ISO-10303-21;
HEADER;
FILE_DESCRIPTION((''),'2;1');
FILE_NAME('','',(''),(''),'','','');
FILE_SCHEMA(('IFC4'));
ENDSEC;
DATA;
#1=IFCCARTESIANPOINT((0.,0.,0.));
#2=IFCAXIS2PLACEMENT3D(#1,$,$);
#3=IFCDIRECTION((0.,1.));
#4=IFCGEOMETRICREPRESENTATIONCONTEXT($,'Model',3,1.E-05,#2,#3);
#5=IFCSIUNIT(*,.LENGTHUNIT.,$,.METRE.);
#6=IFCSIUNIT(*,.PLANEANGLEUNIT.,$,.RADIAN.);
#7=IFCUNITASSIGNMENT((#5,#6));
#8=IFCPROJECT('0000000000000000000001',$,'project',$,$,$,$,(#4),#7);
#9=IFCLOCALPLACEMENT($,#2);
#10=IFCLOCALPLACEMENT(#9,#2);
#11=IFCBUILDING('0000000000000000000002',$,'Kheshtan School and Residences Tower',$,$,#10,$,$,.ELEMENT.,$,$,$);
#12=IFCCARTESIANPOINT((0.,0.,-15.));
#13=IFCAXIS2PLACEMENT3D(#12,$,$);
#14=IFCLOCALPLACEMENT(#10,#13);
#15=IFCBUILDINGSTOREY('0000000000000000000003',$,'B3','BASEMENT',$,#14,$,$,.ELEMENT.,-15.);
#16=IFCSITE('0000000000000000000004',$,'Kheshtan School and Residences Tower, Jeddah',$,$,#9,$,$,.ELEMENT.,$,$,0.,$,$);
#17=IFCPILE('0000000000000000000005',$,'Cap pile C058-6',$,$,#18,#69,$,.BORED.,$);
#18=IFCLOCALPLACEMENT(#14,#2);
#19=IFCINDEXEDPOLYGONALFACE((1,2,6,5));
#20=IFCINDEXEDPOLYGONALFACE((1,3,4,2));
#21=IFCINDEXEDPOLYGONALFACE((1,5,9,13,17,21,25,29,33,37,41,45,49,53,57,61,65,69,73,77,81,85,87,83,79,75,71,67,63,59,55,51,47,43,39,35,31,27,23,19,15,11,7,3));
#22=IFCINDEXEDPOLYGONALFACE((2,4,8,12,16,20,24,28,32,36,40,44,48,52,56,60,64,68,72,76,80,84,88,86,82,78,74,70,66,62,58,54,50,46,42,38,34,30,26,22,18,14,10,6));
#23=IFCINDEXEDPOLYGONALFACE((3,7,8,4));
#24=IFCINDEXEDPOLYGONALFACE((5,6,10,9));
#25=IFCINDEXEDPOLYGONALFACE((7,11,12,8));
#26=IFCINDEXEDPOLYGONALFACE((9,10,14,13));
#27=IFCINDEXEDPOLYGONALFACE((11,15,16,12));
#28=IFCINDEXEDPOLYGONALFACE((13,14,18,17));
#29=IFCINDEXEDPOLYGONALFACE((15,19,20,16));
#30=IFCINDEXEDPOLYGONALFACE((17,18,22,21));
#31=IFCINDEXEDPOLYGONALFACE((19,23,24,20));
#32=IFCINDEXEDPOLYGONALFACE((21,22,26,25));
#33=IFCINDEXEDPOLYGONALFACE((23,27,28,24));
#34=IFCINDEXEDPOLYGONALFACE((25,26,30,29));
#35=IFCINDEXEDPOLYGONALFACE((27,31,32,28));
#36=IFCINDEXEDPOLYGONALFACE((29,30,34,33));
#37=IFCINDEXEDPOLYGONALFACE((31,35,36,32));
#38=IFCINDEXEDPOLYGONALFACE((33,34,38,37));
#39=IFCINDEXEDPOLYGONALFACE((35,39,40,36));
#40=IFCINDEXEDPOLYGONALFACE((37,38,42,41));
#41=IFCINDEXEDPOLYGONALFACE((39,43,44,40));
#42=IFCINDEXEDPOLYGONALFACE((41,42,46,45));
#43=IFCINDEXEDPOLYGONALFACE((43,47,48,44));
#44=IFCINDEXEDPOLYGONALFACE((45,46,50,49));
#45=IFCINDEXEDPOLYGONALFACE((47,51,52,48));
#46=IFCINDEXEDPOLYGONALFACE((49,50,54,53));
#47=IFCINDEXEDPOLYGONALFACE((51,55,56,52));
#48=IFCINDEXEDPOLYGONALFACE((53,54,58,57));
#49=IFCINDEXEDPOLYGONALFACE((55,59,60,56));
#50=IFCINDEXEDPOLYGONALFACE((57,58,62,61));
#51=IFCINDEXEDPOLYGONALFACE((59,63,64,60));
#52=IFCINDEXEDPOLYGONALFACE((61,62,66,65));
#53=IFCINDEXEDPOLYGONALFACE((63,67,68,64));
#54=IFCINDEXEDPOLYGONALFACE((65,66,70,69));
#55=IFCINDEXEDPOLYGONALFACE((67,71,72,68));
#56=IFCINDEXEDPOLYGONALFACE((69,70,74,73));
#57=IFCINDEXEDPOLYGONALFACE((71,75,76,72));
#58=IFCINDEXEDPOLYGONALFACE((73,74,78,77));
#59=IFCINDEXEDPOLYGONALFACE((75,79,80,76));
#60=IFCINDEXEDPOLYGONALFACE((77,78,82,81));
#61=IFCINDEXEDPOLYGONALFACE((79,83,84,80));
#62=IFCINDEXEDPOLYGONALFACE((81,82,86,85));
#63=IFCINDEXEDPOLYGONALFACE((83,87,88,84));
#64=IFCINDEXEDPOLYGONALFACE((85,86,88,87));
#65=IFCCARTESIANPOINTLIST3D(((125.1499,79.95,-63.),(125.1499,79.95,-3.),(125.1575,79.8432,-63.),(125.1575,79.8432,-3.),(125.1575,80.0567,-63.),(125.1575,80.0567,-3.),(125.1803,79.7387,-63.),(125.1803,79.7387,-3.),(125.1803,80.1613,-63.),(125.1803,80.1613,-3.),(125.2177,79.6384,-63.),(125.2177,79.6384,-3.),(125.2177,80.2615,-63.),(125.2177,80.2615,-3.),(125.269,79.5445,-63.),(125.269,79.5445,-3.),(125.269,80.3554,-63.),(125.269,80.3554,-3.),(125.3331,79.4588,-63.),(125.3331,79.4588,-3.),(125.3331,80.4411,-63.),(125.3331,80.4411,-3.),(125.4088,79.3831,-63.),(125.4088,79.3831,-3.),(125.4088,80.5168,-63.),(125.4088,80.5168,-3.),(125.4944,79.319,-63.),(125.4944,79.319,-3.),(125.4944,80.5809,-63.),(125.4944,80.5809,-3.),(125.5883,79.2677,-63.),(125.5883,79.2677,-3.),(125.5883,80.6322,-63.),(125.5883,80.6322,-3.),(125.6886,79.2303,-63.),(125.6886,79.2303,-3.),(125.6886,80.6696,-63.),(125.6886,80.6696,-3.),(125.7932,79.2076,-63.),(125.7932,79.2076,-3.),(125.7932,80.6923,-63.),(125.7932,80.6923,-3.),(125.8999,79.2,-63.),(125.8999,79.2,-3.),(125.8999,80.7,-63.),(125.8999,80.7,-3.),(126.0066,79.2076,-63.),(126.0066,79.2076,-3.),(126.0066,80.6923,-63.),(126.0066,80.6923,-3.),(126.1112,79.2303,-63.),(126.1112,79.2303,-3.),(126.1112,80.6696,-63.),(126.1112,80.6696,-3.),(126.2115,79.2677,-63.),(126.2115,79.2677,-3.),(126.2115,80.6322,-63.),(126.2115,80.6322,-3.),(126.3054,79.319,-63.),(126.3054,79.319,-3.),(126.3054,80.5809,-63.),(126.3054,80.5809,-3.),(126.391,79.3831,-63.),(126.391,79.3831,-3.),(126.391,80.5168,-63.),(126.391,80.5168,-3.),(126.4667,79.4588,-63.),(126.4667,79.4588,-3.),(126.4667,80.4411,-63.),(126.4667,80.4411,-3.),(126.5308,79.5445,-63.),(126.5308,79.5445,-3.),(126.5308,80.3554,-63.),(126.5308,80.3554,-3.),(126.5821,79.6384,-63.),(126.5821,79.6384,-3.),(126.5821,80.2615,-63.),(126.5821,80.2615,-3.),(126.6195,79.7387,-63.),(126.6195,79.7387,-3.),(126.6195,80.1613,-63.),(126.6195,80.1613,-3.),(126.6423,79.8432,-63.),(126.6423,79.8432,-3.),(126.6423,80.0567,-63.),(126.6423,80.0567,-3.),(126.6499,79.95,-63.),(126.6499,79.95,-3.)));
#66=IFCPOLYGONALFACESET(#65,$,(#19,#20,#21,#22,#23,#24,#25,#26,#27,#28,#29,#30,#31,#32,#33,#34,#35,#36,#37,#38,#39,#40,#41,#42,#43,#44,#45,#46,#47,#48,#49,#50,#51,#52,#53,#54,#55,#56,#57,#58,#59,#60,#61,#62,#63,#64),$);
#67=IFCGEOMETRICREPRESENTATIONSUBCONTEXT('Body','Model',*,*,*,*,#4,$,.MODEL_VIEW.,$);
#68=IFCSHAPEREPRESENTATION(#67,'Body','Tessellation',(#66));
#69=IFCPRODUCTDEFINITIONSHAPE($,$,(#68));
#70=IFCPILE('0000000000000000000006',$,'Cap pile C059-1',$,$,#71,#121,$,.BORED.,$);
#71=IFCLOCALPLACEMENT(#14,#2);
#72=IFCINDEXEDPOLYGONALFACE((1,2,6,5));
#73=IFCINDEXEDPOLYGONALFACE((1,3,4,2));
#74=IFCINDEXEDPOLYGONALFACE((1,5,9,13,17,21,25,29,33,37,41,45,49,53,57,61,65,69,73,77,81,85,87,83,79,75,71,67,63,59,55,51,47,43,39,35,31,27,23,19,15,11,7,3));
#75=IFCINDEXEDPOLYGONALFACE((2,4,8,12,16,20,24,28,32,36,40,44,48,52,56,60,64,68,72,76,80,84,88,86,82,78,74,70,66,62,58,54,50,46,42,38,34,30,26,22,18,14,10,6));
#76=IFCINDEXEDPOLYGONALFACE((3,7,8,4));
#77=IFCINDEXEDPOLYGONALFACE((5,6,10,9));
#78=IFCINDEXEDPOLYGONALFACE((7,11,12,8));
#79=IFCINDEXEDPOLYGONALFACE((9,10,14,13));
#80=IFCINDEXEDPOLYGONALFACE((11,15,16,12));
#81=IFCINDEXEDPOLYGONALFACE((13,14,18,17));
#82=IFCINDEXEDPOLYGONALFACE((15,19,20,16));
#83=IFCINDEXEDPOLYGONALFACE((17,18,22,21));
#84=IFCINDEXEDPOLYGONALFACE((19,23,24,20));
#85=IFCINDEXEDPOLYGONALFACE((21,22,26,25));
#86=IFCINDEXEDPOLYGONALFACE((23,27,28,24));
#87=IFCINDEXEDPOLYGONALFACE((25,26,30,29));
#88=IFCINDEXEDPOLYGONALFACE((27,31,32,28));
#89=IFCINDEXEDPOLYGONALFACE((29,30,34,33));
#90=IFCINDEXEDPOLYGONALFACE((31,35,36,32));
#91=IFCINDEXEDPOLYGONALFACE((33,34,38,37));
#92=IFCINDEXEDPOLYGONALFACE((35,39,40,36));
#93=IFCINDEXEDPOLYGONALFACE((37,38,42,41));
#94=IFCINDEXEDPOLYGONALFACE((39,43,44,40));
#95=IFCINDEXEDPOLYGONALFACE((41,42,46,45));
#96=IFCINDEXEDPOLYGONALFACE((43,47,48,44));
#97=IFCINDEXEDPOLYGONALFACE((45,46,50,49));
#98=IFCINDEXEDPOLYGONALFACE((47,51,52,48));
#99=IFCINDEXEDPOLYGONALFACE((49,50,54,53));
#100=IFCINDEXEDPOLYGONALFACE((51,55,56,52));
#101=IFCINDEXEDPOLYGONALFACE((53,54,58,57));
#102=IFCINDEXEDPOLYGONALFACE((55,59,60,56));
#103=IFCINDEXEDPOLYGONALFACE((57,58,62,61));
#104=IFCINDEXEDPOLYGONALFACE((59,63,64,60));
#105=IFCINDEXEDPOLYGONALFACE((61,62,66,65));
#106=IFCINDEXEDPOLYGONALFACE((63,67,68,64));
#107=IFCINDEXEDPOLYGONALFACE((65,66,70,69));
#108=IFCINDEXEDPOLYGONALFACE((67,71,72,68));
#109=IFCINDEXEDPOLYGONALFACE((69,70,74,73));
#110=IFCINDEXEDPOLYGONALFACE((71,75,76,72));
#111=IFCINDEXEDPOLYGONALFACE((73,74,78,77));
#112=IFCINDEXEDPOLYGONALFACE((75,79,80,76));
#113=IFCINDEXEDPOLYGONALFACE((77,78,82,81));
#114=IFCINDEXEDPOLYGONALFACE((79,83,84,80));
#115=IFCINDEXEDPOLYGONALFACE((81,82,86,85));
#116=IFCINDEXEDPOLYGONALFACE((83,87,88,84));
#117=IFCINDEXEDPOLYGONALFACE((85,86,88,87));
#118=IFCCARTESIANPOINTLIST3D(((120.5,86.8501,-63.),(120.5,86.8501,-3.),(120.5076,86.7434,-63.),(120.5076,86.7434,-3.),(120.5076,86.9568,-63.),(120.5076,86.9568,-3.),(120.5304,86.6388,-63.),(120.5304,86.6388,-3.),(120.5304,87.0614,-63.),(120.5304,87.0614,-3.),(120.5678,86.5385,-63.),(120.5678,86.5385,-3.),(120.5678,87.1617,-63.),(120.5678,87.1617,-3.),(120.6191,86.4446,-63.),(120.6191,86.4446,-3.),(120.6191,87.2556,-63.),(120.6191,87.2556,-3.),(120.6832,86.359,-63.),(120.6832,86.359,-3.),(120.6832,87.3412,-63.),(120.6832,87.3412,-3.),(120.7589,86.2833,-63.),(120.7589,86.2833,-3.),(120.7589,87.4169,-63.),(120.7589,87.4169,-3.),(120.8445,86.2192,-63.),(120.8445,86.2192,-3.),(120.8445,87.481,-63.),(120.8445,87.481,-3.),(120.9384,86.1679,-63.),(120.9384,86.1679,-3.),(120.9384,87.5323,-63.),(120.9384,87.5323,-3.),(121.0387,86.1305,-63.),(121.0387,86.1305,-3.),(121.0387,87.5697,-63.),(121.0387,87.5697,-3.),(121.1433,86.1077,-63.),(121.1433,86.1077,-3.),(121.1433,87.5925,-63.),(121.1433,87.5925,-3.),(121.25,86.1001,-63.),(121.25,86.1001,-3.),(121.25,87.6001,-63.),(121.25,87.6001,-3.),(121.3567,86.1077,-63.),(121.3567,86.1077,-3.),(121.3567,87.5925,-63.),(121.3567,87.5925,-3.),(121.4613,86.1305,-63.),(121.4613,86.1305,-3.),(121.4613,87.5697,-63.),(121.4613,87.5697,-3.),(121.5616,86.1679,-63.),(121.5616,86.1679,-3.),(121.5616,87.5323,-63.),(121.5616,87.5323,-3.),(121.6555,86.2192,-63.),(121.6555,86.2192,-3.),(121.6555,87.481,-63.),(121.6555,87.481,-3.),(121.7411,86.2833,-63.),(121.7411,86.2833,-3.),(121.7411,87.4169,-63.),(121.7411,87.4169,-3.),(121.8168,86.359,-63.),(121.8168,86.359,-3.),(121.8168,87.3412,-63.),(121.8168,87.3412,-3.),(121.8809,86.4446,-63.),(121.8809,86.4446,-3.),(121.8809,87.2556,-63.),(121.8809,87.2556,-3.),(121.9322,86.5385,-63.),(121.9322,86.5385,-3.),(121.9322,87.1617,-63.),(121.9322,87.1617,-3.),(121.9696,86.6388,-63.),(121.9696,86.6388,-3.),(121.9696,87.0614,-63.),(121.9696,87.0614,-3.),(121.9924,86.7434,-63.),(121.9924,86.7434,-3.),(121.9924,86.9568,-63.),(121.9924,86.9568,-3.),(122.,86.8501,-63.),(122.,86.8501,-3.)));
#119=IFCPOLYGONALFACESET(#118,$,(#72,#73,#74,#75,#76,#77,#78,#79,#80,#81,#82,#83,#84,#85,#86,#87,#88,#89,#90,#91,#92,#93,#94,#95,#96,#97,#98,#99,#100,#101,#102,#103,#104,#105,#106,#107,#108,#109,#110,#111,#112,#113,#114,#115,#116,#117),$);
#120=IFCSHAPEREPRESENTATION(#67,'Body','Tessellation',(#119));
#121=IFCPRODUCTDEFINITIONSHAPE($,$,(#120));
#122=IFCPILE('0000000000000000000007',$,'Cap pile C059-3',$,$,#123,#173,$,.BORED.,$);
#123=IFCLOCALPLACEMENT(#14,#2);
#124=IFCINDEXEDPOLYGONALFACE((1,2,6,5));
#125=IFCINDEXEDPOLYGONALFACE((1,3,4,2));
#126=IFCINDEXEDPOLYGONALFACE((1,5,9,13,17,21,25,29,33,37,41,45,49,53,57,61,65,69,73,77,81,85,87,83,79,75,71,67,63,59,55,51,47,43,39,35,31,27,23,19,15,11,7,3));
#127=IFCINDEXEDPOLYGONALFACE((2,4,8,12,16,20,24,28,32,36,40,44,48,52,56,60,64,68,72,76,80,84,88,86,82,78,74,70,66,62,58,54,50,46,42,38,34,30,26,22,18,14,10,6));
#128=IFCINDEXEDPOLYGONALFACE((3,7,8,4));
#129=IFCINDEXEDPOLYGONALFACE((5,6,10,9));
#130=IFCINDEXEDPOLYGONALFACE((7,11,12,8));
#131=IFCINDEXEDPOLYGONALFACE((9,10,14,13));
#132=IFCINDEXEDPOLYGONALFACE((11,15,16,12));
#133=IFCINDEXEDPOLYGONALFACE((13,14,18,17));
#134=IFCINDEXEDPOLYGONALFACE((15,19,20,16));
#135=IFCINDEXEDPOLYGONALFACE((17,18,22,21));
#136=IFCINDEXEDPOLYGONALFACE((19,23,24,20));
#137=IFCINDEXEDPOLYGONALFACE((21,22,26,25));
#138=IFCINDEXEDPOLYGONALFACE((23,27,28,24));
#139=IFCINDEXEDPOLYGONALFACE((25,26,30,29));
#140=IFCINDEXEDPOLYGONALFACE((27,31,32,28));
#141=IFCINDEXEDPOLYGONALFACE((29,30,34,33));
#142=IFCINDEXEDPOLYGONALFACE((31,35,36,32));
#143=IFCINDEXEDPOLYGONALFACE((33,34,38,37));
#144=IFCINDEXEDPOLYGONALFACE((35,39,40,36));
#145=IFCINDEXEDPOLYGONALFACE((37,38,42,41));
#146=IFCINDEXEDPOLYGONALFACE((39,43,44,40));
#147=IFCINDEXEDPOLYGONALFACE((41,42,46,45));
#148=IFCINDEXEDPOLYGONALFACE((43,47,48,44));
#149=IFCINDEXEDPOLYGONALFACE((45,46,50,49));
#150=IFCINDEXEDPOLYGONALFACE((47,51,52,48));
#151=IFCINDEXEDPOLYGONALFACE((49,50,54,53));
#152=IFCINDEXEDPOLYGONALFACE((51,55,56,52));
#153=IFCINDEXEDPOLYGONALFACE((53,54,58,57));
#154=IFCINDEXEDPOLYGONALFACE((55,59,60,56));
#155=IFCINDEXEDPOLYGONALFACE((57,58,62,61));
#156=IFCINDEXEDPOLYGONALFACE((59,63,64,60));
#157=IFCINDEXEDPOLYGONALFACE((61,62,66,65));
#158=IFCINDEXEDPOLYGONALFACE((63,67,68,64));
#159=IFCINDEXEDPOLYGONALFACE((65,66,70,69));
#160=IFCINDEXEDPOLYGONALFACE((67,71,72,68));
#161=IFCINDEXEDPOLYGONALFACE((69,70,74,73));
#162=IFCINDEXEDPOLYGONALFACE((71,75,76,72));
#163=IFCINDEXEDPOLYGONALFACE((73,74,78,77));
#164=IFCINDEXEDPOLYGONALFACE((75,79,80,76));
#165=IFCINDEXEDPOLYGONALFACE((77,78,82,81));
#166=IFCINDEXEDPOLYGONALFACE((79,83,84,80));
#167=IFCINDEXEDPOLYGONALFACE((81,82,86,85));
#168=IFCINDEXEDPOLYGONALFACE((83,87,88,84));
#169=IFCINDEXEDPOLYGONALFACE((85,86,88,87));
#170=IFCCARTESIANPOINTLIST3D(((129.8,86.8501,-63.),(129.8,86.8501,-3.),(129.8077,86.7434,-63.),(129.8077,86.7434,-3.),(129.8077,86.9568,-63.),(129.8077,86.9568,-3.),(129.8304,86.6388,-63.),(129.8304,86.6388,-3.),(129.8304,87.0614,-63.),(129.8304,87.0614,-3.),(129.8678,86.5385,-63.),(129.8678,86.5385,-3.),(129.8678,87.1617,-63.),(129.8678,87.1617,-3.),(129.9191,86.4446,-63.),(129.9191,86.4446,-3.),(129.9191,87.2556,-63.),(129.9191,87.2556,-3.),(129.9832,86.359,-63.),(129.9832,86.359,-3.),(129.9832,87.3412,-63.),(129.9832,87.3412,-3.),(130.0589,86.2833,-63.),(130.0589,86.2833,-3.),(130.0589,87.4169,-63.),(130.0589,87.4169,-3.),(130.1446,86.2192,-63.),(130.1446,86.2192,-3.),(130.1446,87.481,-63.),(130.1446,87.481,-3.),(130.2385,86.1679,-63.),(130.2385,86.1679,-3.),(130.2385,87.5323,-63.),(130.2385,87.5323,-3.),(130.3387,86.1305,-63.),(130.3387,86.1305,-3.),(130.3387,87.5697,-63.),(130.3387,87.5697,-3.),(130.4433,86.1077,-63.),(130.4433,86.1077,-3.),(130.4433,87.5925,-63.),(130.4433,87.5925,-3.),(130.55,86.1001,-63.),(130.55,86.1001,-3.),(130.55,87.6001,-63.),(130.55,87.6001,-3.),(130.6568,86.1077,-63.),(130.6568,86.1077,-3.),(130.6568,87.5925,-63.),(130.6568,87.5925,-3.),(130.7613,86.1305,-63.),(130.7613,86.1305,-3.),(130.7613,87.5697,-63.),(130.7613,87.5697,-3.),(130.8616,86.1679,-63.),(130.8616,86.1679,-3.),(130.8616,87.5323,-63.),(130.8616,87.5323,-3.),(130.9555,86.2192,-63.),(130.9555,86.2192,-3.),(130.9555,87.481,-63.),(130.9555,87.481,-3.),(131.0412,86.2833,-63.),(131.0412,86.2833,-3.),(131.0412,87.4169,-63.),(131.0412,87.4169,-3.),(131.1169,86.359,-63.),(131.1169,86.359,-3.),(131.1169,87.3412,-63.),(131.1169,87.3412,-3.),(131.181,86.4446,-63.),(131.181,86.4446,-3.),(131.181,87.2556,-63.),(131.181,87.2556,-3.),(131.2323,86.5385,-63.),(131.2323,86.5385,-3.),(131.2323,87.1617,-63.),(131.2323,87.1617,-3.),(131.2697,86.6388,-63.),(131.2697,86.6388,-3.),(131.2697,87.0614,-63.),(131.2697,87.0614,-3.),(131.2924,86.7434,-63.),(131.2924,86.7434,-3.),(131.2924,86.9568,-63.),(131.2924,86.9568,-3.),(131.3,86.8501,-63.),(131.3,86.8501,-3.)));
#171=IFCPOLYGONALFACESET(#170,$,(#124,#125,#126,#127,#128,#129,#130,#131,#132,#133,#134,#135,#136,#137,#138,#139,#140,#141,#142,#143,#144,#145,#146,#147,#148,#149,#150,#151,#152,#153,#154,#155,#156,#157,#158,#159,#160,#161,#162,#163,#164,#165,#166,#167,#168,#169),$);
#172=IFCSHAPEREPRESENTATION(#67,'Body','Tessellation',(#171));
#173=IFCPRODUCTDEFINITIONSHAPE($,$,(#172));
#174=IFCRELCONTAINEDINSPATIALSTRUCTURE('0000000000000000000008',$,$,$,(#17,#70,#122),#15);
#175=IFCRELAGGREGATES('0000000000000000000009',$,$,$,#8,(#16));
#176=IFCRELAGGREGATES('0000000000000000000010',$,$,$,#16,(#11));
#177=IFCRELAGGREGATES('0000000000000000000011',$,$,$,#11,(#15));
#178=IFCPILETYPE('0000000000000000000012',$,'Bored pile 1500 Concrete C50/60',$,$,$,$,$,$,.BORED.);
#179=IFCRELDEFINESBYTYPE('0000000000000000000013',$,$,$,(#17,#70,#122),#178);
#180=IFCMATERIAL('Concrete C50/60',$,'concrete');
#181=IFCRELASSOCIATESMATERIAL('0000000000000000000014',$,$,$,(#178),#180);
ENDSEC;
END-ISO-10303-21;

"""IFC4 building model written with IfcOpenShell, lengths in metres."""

from ifc_helpers import new_model, si_unit, direction, frame, origin, origin_2d, place, context, subcontext, project, spatial, circle, extrude, material, material_profile, profile_set, type_object, element, save


model = new_model("IFC4")

# Units and contexts
model_context = context("Model", 3, precision=1e-05, world=origin(), true_north=direction((0.0, 1.0)))
body_context = subcontext(model_context, "Body", "Model", "MODEL_VIEW")
ifc_project = project(units=[si_unit("LENGTHUNIT", "METRE"), si_unit("PLANEANGLEUNIT", "RADIAN")], contexts=[model_context])

# Site, building, storey
site_placement = place(None, origin())
site = spatial("IfcSite", under=ifc_project, at=site_placement, Name="Kheshtan School and Residences Tower, Jeddah", CompositionType="ELEMENT", RefElevation=0.0)
building_placement = place(site_placement, origin())
building = spatial("IfcBuilding", under=site, at=building_placement, Name="Kheshtan School and Residences Tower", CompositionType="ELEMENT")
storey_placement = place(building_placement, frame((0.0, 0.0, -15.0)))
storey = spatial("IfcBuildingStorey", under=building, at=storey_placement, Name="B3", Description="BASEMENT", CompositionType="ELEMENT", Elevation=-15.0)

# Piles
ifc_material_1 = material(Name="Concrete C50/60", Category="concrete")
ifc_material_profile_1 = material_profile(ifc_material_1, circle(Radius=0.75, at=origin_2d()), Name="BP 1500")
ifc_profile_set_1 = profile_set([ifc_material_profile_1], Name="Concrete C50/60")
pile_type_1 = type_object("IfcPileType", Name="Bored pile 1500 Concrete C50/60", PredefinedType="BORED", material=ifc_profile_set_1)
for number, where, z_axis, x_axis, name in (
    (1, (125.8999, 79.95, -3.0), (0.0, 0.0, -1.0), (1.0, 0.0, 0.0), "Cap pile C058-6"),
    (2, (121.25, 86.8501, -3.0), (0.0, 0.0, -1.0), (1.0, 0.0, 0.0), "Cap pile C059-1"),
    (3, (130.55, 86.8501, -3.0), (0.0, 0.0, -1.0), (1.0, 0.0, 0.0), "Cap pile C059-3"),
):
    element("IfcPile", number, at=place(storey_placement, frame(where, z_axis=z_axis, x_axis=x_axis)), inside=storey, type_object=pile_type_1, Name=name, PredefinedType="BORED", context=body_context, shape_type="SweptSolid", body=[
        extrude(circle(Radius=0.75, at=origin_2d()), origin(), (0.0, 0.0, 1.0), 60.0),
    ])

save(model, "model.ifc")
